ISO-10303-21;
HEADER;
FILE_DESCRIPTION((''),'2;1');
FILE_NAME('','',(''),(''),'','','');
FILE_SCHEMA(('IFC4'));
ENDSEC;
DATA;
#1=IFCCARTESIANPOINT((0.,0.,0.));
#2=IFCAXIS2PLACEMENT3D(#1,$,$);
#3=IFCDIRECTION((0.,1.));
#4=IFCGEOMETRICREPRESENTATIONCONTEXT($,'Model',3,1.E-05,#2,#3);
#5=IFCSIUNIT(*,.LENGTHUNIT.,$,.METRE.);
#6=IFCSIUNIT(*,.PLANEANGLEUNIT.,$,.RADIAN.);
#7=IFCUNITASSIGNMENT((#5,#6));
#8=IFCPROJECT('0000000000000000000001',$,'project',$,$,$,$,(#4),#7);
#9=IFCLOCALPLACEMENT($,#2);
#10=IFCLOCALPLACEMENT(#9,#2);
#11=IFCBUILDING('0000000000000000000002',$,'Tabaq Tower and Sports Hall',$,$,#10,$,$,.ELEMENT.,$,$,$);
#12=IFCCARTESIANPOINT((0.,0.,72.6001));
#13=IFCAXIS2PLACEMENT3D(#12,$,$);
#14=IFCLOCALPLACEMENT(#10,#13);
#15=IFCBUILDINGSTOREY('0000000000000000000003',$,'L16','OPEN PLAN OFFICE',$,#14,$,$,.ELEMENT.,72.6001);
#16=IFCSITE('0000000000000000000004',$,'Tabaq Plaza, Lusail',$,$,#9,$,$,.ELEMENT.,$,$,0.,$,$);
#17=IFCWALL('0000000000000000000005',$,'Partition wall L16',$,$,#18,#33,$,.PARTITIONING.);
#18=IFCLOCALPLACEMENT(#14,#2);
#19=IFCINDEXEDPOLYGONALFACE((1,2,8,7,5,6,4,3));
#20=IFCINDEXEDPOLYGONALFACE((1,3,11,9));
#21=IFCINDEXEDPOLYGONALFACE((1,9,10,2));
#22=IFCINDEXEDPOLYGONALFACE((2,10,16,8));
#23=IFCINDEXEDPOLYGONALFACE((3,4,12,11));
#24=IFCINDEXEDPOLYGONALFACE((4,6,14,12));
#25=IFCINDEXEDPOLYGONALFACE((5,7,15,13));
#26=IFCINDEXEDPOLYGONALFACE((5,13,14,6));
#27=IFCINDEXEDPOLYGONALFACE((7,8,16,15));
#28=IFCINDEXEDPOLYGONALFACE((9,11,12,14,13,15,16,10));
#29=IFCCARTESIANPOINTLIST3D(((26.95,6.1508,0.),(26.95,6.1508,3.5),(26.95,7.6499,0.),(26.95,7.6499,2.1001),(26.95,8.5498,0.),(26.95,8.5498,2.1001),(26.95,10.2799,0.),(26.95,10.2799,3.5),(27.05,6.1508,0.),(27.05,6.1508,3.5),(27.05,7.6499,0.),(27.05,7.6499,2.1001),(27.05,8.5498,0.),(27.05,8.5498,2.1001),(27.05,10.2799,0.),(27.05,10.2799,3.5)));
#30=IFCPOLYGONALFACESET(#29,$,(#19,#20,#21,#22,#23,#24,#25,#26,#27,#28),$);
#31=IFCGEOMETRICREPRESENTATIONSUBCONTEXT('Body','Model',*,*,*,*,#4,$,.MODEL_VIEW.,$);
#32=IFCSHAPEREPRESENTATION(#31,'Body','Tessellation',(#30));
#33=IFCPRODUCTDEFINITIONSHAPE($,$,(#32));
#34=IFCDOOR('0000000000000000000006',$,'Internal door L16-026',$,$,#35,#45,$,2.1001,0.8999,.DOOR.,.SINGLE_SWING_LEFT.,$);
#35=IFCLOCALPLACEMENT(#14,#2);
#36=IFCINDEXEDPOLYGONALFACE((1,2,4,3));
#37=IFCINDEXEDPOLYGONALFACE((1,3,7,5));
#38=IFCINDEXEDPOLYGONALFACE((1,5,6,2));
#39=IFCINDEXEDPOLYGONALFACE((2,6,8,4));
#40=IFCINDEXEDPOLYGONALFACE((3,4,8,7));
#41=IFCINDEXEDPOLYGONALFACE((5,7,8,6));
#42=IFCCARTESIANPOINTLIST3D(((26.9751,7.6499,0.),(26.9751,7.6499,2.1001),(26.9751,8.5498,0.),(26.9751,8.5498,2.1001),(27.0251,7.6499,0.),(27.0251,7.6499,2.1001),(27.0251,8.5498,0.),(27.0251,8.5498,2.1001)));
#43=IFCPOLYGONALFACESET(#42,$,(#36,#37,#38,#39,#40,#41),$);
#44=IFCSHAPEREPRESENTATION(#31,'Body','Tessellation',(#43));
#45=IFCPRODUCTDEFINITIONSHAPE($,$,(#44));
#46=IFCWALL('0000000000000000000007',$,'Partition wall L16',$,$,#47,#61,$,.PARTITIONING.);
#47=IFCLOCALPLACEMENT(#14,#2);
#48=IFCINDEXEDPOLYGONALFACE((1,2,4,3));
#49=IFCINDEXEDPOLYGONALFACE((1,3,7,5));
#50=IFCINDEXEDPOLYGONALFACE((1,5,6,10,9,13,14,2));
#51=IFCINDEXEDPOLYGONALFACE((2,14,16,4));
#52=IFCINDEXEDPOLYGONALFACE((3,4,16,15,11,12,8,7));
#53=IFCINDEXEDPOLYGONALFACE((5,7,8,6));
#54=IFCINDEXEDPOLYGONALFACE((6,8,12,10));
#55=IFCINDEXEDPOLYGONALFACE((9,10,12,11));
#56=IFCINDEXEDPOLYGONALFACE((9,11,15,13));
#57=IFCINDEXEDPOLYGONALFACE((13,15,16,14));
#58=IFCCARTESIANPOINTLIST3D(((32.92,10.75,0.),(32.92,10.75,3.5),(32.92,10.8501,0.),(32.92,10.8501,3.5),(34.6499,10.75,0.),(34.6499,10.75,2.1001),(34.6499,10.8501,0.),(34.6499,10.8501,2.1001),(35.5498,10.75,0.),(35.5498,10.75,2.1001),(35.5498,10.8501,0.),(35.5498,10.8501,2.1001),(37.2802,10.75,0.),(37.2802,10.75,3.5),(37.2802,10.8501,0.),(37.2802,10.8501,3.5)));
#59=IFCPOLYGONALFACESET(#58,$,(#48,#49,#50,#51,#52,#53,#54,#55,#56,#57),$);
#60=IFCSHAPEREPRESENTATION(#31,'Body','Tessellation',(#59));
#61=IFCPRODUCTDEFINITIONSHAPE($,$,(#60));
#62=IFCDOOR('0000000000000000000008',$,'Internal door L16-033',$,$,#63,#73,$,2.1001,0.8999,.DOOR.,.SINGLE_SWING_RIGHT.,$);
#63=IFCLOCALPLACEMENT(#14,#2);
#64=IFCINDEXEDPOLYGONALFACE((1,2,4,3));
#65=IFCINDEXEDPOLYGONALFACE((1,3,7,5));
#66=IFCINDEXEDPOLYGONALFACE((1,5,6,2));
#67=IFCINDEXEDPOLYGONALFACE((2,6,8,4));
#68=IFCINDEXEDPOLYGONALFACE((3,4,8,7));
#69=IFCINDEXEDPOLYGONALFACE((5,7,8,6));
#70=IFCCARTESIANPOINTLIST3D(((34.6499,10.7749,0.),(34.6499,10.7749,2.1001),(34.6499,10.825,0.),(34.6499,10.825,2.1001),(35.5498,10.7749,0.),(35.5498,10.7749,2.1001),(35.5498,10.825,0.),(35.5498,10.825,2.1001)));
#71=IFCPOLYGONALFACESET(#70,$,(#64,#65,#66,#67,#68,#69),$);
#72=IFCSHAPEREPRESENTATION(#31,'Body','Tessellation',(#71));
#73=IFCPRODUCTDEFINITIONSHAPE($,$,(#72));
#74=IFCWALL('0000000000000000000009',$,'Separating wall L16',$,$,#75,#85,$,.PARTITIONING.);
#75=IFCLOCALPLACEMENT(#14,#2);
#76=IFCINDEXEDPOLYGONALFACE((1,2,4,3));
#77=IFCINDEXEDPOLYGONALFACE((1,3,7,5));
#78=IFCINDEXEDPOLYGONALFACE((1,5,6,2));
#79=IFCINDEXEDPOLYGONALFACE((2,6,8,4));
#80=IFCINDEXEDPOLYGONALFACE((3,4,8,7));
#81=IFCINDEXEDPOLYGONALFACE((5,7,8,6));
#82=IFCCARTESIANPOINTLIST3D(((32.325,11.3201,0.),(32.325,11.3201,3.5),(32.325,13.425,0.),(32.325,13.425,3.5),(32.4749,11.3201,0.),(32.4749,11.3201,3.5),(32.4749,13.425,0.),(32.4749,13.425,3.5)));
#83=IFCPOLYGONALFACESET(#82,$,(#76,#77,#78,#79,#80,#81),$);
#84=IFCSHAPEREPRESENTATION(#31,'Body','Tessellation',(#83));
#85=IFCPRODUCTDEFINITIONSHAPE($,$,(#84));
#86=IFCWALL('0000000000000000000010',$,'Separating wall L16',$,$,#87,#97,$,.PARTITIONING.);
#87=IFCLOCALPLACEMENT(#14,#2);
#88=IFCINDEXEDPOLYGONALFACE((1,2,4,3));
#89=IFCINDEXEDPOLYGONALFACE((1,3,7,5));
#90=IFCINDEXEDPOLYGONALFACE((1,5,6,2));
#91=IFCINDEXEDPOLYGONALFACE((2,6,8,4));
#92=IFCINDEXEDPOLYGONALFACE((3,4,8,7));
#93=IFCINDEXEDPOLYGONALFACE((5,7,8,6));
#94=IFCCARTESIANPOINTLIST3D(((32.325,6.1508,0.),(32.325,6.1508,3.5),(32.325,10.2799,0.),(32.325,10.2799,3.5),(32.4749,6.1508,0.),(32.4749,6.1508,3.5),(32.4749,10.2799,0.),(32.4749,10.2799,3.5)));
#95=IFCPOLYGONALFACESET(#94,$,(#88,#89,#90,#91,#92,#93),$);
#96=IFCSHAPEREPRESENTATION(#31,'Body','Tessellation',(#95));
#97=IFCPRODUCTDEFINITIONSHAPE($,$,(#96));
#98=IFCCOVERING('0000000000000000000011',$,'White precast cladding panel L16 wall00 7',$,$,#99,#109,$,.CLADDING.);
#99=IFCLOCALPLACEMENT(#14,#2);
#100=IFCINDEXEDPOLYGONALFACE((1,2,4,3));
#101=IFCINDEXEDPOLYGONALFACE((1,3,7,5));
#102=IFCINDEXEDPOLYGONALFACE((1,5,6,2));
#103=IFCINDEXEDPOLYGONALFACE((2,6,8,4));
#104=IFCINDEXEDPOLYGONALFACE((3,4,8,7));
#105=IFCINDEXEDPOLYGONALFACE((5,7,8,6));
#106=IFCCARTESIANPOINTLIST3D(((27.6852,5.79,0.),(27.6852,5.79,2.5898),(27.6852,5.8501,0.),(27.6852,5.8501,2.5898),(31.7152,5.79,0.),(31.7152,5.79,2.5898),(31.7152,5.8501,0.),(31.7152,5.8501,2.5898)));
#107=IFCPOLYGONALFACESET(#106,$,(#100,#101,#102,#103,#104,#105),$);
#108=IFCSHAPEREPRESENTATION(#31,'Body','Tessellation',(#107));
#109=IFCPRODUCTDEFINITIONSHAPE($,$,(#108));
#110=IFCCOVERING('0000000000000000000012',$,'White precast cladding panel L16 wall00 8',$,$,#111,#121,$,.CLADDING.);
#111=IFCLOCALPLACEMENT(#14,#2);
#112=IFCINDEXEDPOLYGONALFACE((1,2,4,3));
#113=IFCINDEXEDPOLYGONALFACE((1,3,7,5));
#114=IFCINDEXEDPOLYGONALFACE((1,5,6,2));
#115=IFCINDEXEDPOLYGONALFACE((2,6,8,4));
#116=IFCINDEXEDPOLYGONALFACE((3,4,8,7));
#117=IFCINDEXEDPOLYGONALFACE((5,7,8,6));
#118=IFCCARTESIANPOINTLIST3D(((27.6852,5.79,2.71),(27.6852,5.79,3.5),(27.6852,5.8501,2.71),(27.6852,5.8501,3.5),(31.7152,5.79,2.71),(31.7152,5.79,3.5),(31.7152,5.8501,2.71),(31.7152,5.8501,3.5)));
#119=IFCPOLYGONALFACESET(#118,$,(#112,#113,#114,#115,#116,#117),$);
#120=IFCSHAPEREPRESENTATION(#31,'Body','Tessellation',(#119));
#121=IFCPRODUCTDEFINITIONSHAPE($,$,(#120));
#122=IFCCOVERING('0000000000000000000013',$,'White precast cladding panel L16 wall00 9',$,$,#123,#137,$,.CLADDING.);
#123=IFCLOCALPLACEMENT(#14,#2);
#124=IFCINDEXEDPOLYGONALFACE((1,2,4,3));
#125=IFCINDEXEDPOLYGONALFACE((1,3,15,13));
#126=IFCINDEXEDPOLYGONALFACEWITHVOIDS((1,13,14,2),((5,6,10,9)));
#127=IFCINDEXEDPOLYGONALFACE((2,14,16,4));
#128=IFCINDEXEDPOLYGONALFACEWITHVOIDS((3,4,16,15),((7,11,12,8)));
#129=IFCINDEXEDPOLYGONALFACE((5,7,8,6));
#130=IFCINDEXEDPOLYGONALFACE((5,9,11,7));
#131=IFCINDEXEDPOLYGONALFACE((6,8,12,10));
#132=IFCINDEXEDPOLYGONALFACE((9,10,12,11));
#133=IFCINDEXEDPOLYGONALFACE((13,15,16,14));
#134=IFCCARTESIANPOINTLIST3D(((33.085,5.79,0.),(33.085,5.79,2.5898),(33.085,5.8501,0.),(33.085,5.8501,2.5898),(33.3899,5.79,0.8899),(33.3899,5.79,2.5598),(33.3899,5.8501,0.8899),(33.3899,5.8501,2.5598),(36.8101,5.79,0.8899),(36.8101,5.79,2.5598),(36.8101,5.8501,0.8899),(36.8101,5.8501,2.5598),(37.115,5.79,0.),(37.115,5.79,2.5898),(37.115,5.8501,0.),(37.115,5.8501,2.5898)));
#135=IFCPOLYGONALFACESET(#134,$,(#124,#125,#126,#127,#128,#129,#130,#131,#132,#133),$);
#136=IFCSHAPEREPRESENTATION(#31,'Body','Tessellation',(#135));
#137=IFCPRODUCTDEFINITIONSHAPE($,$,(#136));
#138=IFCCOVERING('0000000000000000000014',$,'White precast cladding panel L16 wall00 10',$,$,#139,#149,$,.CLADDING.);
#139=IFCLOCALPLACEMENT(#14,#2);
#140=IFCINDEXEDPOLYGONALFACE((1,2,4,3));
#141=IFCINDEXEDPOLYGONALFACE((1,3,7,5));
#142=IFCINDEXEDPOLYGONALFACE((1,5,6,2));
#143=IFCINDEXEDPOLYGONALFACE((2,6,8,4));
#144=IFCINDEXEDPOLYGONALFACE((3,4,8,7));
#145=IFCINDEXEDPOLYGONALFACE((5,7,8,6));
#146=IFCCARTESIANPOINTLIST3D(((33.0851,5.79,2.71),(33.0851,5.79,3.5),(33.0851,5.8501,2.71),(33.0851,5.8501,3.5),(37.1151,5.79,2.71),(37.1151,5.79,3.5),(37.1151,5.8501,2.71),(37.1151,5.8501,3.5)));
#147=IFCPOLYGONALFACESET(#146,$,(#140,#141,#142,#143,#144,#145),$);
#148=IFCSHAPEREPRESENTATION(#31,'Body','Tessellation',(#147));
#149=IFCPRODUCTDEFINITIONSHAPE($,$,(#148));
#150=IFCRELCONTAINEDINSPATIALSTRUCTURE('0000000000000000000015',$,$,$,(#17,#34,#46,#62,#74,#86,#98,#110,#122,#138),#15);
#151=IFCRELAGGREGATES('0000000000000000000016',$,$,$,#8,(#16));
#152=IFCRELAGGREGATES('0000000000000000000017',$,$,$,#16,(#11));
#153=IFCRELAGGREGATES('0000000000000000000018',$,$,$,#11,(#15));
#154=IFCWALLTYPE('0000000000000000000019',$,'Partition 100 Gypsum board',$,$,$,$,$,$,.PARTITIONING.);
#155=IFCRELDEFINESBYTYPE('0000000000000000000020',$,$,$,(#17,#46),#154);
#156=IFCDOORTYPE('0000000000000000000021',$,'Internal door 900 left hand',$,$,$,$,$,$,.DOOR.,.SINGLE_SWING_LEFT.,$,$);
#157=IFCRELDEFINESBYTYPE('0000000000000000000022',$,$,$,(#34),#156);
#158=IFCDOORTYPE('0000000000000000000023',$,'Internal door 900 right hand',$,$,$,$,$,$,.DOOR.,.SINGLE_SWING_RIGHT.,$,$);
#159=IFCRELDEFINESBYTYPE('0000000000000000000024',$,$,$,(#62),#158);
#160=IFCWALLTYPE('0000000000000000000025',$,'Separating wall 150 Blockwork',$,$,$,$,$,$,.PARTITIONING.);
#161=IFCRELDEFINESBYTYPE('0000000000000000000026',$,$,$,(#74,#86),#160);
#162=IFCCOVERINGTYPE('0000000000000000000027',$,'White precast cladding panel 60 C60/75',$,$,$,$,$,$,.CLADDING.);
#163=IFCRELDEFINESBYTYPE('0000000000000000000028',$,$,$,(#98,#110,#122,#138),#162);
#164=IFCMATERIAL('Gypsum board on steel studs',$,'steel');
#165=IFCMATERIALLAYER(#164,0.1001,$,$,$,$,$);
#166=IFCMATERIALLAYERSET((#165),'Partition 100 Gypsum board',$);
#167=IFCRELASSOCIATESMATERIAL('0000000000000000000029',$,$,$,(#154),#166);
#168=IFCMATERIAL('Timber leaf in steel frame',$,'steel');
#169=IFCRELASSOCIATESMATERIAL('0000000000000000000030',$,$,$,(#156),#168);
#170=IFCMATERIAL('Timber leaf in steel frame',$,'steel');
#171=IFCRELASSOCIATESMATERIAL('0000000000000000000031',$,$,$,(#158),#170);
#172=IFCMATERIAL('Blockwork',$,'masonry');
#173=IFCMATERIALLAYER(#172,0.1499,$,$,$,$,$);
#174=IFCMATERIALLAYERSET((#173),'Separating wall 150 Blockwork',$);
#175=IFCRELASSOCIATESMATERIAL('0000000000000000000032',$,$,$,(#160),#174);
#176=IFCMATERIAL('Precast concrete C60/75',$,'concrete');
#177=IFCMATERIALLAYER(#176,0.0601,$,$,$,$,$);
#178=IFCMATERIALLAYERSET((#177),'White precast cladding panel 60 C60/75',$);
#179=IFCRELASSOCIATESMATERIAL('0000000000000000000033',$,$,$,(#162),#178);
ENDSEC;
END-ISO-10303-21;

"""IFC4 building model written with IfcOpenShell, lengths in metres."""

from ifc_helpers import new_model, si_unit, direction, frame, frame_2d, origin, place, context, subcontext, project, spatial, polyline, rectangle, outline, extrude, material, layer, layer_set, type_object, element, fill, save


model = new_model("IFC4")

# Units and contexts
model_context = context("Model", 3, precision=1e-05, world=origin(), true_north=direction((0.0, 1.0)))
body_context = subcontext(model_context, "Body", "Model", "MODEL_VIEW")
ifc_project = project(units=[si_unit("LENGTHUNIT", "METRE"), si_unit("PLANEANGLEUNIT", "RADIAN")], contexts=[model_context])

# Site, building, storey
site_placement = place(None, origin())
site = spatial("IfcSite", under=ifc_project, at=site_placement, Name="Tabaq Plaza, Lusail", CompositionType="ELEMENT", RefElevation=0.0)
building_placement = place(site_placement, origin())
building = spatial("IfcBuilding", under=site, at=building_placement, Name="Tabaq Tower and Sports Hall", CompositionType="ELEMENT")
storey_placement = place(building_placement, frame((0.0, 0.0, 72.6001)))
storey = spatial("IfcBuildingStorey", under=building, at=storey_placement, Name="L16", Description="OPEN PLAN OFFICE", CompositionType="ELEMENT", Elevation=72.6001)

# Shared definitions
ifc_material_1 = material(Name="Gypsum board on steel studs", Category="steel")
ifc_layer_1 = layer(ifc_material_1, 0.1001)
ifc_layer_set_1 = layer_set([ifc_layer_1], Name="Partition 100 Gypsum board")
wall_type_1 = type_object("IfcWallType", Name="Partition 100 Gypsum board", PredefinedType="PARTITIONING", material=ifc_layer_set_1)
ifc_material_2 = material(Name="Timber leaf in steel frame", Category="steel")
door_type_1 = type_object("IfcDoorType", Name="Internal door 900 left hand", OperationType="SINGLE_SWING_LEFT", PredefinedType="DOOR", material=ifc_material_2)

# Walls, openings, doors
wall_1_placement = place(storey_placement, frame((27.0, 6.1509, 0.0), z_axis=(0.0, 0.0, 1.0), x_axis=(0.0, 1.0, 0.0)))
wall_1 = element("IfcWall", 1, at=wall_1_placement, inside=storey, type_object=wall_type_1, Name="Partition wall L16", PredefinedType="PARTITIONING", context=body_context, shape_type="SweptSolid", body=[
    extrude(rectangle(XDim=4.1292, YDim=0.1001, at=frame_2d((2.0645, 0.0))), origin(), (0.0, 0.0, 1.0), 3.5),
])
opening_1_placement = place(wall_1_placement, frame((1.499, 0.0, 0.0)))
opening_1 = element("IfcOpeningElement", 2, at=opening_1_placement, cuts=wall_1, PredefinedType="OPENING", context=body_context, shape_type="SweptSolid", body=[
    extrude(rectangle(XDim=0.8999, YDim=2.1001, at=frame_2d((0.45, 1.05))), frame((0.0, 0.05, 0.0), z_axis=(0.0, -1.0, 0.0), x_axis=(1.0, 0.0, 0.0)), (0.0, 0.0, 1.0), 0.1001),
])
door_1_placement = place(opening_1_placement, origin())
door_1 = element("IfcDoor", 3, at=door_1_placement, inside=storey, type_object=door_type_1, Name="Internal door L16-026", OperationType="SINGLE_SWING_LEFT", OverallHeight=2.1001, OverallWidth=0.8999, PredefinedType="DOOR", context=body_context, shape_type="SweptSolid", body=[
    extrude(rectangle(XDim=0.8999, YDim=2.1001, at=frame_2d((0.45, 1.05))), frame((0.0, 0.0249, 0.0), z_axis=(0.0, -1.0, 0.0), x_axis=(1.0, 0.0, 0.0)), (0.0, 0.0, 1.0), 0.05),
])
fill(opening_1, door_1)
wall_2_placement = place(storey_placement, frame((32.9199, 10.8, 0.0), z_axis=(0.0, 0.0, 1.0), x_axis=(1.0, 0.0, 0.0)))
wall_2 = element("IfcWall", 4, at=wall_2_placement, inside=storey, type_object=wall_type_1, Name="Partition wall L16", PredefinedType="PARTITIONING", context=body_context, shape_type="SweptSolid", body=[
    extrude(rectangle(XDim=4.3601, YDim=0.1001, at=frame_2d((2.1802, 0.0))), origin(), (0.0, 0.0, 1.0), 3.5),
])
opening_2_placement = place(wall_2_placement, frame((1.73, 0.0, 0.0)))
opening_2 = element("IfcOpeningElement", 5, at=opening_2_placement, cuts=wall_2, PredefinedType="OPENING", context=body_context, shape_type="SweptSolid", body=[
    extrude(rectangle(XDim=0.8999, YDim=2.1001, at=frame_2d((0.45, 1.05))), frame((0.0, 0.05, 0.0), z_axis=(0.0, -1.0, 0.0), x_axis=(1.0, 0.0, 0.0)), (0.0, 0.0, 1.0), 0.1001),
])
ifc_material_3 = material(Name="Timber leaf in steel frame", Category="steel")
door_type_2 = type_object("IfcDoorType", Name="Internal door 900 right hand", OperationType="SINGLE_SWING_RIGHT", PredefinedType="DOOR", material=ifc_material_3)
door_2_placement = place(opening_2_placement, origin())
door_2 = element("IfcDoor", 6, at=door_2_placement, inside=storey, type_object=door_type_2, Name="Internal door L16-033", OperationType="SINGLE_SWING_RIGHT", OverallHeight=2.1001, OverallWidth=0.8999, PredefinedType="DOOR", context=body_context, shape_type="SweptSolid", body=[
    extrude(rectangle(XDim=0.8999, YDim=2.1001, at=frame_2d((0.45, 1.05))), frame((0.0, 0.0249, 0.0), z_axis=(0.0, -1.0, 0.0), x_axis=(1.0, 0.0, 0.0)), (0.0, 0.0, 1.0), 0.05),
])
fill(opening_2, door_2)

# Walls
ifc_material_4 = material(Name="Blockwork", Category="masonry")
ifc_layer_2 = layer(ifc_material_4, 0.1499)
ifc_layer_set_2 = layer_set([ifc_layer_2], Name="Separating wall 150 Blockwork")
wall_type_2 = type_object("IfcWallType", Name="Separating wall 150 Blockwork", PredefinedType="PARTITIONING", material=ifc_layer_set_2)
wall_3_placement = place(storey_placement, frame((32.3999, 11.3201, 0.0), z_axis=(0.0, 0.0, 1.0), x_axis=(0.0, 1.0, 0.0)))
element("IfcWall", 7, at=wall_3_placement, inside=storey, type_object=wall_type_2, Name="Separating wall L16", PredefinedType="PARTITIONING", context=body_context, shape_type="SweptSolid", body=[
    extrude(rectangle(XDim=2.105, YDim=0.1499, at=frame_2d((1.0525, 0.0))), origin(), (0.0, 0.0, 1.0), 3.5),
])
wall_4_placement = place(storey_placement, frame((32.3999, 6.1509, 0.0), z_axis=(0.0, 0.0, 1.0), x_axis=(0.0, 1.0, 0.0)))
element("IfcWall", 8, at=wall_4_placement, inside=storey, type_object=wall_type_2, Name="Separating wall L16", PredefinedType="PARTITIONING", context=body_context, shape_type="SweptSolid", body=[
    extrude(rectangle(XDim=4.1292, YDim=0.1499, at=frame_2d((2.0645, 0.0))), origin(), (0.0, 0.0, 1.0), 3.5),
])

# Coverings
ifc_material_5 = material(Name="Precast concrete C60/75", Category="concrete")
ifc_layer_3 = layer(ifc_material_5, 0.0601)
ifc_layer_set_3 = layer_set([ifc_layer_3], Name="White precast cladding panel 60 C60/75")
covering_type = type_object("IfcCoveringType", Name="White precast cladding panel 60 C60/75", PredefinedType="CLADDING", material=ifc_layer_set_3)
covering_1_placement = place(storey_placement, frame((27.6851, 5.8201, 0.0), z_axis=(0.0, 0.0, 1.0), x_axis=(1.0, 0.0, 0.0)))
element("IfcCovering", 9, at=covering_1_placement, inside=storey, type_object=covering_type, Name="White precast cladding panel L16 wall00 7", PredefinedType="CLADDING", context=body_context, shape_type="SweptSolid", body=[
    extrude(rectangle(XDim=4.03, YDim=0.0601, at=frame_2d((2.0151, 0.0))), origin(), (0.0, 0.0, 1.0), 2.5898),
])
covering_2_placement = place(storey_placement, frame((27.6851, 5.8201, 2.71), z_axis=(0.0, 0.0, 1.0), x_axis=(1.0, 0.0, 0.0)))
element("IfcCovering", 10, at=covering_2_placement, inside=storey, type_object=covering_type, Name="White precast cladding panel L16 wall00 8", PredefinedType="CLADDING", context=body_context, shape_type="SweptSolid", body=[
    extrude(rectangle(XDim=4.03, YDim=0.0601, at=frame_2d((2.0151, 0.0))), origin(), (0.0, 0.0, 1.0), 0.79),
])
covering_3_placement = place(storey_placement, frame((33.085, 5.8201, 0.0), z_axis=(0.0, 0.0, 1.0), x_axis=(1.0, 0.0, 0.0)))
element("IfcCovering", 11, at=covering_3_placement, inside=storey, type_object=covering_type, Name="White precast cladding panel L16 wall00 9", PredefinedType="CLADDING", context=body_context, shape_type="SweptSolid", body=[
    extrude(outline(polyline([(0.0, 0.0), (4.03, 0.0), (4.03, 2.5898), (0.0, 2.5898), (0.0, 0.0)]), holes=[polyline([(3.7251, 0.8899), (0.3049, 0.8899), (0.3049, 2.5598), (3.7251, 2.5598), (3.7251, 0.8899)])]), frame((0.0, 0.03, 0.0), z_axis=(0.0, -1.0, 0.0), x_axis=(1.0, 0.0, 0.0)), (0.0, 0.0, 1.0), 0.0601),
])
covering_4_placement = place(storey_placement, frame((33.085, 5.8201, 2.71), z_axis=(0.0, 0.0, 1.0), x_axis=(1.0, 0.0, 0.0)))
element("IfcCovering", 12, at=covering_4_placement, inside=storey, type_object=covering_type, Name="White precast cladding panel L16 wall00 10", PredefinedType="CLADDING", context=body_context, shape_type="SweptSolid", body=[
    extrude(rectangle(XDim=4.03, YDim=0.0601, at=frame_2d((2.0151, 0.0))), origin(), (0.0, 0.0, 1.0), 0.79),
])

save(model, "model.ifc")
